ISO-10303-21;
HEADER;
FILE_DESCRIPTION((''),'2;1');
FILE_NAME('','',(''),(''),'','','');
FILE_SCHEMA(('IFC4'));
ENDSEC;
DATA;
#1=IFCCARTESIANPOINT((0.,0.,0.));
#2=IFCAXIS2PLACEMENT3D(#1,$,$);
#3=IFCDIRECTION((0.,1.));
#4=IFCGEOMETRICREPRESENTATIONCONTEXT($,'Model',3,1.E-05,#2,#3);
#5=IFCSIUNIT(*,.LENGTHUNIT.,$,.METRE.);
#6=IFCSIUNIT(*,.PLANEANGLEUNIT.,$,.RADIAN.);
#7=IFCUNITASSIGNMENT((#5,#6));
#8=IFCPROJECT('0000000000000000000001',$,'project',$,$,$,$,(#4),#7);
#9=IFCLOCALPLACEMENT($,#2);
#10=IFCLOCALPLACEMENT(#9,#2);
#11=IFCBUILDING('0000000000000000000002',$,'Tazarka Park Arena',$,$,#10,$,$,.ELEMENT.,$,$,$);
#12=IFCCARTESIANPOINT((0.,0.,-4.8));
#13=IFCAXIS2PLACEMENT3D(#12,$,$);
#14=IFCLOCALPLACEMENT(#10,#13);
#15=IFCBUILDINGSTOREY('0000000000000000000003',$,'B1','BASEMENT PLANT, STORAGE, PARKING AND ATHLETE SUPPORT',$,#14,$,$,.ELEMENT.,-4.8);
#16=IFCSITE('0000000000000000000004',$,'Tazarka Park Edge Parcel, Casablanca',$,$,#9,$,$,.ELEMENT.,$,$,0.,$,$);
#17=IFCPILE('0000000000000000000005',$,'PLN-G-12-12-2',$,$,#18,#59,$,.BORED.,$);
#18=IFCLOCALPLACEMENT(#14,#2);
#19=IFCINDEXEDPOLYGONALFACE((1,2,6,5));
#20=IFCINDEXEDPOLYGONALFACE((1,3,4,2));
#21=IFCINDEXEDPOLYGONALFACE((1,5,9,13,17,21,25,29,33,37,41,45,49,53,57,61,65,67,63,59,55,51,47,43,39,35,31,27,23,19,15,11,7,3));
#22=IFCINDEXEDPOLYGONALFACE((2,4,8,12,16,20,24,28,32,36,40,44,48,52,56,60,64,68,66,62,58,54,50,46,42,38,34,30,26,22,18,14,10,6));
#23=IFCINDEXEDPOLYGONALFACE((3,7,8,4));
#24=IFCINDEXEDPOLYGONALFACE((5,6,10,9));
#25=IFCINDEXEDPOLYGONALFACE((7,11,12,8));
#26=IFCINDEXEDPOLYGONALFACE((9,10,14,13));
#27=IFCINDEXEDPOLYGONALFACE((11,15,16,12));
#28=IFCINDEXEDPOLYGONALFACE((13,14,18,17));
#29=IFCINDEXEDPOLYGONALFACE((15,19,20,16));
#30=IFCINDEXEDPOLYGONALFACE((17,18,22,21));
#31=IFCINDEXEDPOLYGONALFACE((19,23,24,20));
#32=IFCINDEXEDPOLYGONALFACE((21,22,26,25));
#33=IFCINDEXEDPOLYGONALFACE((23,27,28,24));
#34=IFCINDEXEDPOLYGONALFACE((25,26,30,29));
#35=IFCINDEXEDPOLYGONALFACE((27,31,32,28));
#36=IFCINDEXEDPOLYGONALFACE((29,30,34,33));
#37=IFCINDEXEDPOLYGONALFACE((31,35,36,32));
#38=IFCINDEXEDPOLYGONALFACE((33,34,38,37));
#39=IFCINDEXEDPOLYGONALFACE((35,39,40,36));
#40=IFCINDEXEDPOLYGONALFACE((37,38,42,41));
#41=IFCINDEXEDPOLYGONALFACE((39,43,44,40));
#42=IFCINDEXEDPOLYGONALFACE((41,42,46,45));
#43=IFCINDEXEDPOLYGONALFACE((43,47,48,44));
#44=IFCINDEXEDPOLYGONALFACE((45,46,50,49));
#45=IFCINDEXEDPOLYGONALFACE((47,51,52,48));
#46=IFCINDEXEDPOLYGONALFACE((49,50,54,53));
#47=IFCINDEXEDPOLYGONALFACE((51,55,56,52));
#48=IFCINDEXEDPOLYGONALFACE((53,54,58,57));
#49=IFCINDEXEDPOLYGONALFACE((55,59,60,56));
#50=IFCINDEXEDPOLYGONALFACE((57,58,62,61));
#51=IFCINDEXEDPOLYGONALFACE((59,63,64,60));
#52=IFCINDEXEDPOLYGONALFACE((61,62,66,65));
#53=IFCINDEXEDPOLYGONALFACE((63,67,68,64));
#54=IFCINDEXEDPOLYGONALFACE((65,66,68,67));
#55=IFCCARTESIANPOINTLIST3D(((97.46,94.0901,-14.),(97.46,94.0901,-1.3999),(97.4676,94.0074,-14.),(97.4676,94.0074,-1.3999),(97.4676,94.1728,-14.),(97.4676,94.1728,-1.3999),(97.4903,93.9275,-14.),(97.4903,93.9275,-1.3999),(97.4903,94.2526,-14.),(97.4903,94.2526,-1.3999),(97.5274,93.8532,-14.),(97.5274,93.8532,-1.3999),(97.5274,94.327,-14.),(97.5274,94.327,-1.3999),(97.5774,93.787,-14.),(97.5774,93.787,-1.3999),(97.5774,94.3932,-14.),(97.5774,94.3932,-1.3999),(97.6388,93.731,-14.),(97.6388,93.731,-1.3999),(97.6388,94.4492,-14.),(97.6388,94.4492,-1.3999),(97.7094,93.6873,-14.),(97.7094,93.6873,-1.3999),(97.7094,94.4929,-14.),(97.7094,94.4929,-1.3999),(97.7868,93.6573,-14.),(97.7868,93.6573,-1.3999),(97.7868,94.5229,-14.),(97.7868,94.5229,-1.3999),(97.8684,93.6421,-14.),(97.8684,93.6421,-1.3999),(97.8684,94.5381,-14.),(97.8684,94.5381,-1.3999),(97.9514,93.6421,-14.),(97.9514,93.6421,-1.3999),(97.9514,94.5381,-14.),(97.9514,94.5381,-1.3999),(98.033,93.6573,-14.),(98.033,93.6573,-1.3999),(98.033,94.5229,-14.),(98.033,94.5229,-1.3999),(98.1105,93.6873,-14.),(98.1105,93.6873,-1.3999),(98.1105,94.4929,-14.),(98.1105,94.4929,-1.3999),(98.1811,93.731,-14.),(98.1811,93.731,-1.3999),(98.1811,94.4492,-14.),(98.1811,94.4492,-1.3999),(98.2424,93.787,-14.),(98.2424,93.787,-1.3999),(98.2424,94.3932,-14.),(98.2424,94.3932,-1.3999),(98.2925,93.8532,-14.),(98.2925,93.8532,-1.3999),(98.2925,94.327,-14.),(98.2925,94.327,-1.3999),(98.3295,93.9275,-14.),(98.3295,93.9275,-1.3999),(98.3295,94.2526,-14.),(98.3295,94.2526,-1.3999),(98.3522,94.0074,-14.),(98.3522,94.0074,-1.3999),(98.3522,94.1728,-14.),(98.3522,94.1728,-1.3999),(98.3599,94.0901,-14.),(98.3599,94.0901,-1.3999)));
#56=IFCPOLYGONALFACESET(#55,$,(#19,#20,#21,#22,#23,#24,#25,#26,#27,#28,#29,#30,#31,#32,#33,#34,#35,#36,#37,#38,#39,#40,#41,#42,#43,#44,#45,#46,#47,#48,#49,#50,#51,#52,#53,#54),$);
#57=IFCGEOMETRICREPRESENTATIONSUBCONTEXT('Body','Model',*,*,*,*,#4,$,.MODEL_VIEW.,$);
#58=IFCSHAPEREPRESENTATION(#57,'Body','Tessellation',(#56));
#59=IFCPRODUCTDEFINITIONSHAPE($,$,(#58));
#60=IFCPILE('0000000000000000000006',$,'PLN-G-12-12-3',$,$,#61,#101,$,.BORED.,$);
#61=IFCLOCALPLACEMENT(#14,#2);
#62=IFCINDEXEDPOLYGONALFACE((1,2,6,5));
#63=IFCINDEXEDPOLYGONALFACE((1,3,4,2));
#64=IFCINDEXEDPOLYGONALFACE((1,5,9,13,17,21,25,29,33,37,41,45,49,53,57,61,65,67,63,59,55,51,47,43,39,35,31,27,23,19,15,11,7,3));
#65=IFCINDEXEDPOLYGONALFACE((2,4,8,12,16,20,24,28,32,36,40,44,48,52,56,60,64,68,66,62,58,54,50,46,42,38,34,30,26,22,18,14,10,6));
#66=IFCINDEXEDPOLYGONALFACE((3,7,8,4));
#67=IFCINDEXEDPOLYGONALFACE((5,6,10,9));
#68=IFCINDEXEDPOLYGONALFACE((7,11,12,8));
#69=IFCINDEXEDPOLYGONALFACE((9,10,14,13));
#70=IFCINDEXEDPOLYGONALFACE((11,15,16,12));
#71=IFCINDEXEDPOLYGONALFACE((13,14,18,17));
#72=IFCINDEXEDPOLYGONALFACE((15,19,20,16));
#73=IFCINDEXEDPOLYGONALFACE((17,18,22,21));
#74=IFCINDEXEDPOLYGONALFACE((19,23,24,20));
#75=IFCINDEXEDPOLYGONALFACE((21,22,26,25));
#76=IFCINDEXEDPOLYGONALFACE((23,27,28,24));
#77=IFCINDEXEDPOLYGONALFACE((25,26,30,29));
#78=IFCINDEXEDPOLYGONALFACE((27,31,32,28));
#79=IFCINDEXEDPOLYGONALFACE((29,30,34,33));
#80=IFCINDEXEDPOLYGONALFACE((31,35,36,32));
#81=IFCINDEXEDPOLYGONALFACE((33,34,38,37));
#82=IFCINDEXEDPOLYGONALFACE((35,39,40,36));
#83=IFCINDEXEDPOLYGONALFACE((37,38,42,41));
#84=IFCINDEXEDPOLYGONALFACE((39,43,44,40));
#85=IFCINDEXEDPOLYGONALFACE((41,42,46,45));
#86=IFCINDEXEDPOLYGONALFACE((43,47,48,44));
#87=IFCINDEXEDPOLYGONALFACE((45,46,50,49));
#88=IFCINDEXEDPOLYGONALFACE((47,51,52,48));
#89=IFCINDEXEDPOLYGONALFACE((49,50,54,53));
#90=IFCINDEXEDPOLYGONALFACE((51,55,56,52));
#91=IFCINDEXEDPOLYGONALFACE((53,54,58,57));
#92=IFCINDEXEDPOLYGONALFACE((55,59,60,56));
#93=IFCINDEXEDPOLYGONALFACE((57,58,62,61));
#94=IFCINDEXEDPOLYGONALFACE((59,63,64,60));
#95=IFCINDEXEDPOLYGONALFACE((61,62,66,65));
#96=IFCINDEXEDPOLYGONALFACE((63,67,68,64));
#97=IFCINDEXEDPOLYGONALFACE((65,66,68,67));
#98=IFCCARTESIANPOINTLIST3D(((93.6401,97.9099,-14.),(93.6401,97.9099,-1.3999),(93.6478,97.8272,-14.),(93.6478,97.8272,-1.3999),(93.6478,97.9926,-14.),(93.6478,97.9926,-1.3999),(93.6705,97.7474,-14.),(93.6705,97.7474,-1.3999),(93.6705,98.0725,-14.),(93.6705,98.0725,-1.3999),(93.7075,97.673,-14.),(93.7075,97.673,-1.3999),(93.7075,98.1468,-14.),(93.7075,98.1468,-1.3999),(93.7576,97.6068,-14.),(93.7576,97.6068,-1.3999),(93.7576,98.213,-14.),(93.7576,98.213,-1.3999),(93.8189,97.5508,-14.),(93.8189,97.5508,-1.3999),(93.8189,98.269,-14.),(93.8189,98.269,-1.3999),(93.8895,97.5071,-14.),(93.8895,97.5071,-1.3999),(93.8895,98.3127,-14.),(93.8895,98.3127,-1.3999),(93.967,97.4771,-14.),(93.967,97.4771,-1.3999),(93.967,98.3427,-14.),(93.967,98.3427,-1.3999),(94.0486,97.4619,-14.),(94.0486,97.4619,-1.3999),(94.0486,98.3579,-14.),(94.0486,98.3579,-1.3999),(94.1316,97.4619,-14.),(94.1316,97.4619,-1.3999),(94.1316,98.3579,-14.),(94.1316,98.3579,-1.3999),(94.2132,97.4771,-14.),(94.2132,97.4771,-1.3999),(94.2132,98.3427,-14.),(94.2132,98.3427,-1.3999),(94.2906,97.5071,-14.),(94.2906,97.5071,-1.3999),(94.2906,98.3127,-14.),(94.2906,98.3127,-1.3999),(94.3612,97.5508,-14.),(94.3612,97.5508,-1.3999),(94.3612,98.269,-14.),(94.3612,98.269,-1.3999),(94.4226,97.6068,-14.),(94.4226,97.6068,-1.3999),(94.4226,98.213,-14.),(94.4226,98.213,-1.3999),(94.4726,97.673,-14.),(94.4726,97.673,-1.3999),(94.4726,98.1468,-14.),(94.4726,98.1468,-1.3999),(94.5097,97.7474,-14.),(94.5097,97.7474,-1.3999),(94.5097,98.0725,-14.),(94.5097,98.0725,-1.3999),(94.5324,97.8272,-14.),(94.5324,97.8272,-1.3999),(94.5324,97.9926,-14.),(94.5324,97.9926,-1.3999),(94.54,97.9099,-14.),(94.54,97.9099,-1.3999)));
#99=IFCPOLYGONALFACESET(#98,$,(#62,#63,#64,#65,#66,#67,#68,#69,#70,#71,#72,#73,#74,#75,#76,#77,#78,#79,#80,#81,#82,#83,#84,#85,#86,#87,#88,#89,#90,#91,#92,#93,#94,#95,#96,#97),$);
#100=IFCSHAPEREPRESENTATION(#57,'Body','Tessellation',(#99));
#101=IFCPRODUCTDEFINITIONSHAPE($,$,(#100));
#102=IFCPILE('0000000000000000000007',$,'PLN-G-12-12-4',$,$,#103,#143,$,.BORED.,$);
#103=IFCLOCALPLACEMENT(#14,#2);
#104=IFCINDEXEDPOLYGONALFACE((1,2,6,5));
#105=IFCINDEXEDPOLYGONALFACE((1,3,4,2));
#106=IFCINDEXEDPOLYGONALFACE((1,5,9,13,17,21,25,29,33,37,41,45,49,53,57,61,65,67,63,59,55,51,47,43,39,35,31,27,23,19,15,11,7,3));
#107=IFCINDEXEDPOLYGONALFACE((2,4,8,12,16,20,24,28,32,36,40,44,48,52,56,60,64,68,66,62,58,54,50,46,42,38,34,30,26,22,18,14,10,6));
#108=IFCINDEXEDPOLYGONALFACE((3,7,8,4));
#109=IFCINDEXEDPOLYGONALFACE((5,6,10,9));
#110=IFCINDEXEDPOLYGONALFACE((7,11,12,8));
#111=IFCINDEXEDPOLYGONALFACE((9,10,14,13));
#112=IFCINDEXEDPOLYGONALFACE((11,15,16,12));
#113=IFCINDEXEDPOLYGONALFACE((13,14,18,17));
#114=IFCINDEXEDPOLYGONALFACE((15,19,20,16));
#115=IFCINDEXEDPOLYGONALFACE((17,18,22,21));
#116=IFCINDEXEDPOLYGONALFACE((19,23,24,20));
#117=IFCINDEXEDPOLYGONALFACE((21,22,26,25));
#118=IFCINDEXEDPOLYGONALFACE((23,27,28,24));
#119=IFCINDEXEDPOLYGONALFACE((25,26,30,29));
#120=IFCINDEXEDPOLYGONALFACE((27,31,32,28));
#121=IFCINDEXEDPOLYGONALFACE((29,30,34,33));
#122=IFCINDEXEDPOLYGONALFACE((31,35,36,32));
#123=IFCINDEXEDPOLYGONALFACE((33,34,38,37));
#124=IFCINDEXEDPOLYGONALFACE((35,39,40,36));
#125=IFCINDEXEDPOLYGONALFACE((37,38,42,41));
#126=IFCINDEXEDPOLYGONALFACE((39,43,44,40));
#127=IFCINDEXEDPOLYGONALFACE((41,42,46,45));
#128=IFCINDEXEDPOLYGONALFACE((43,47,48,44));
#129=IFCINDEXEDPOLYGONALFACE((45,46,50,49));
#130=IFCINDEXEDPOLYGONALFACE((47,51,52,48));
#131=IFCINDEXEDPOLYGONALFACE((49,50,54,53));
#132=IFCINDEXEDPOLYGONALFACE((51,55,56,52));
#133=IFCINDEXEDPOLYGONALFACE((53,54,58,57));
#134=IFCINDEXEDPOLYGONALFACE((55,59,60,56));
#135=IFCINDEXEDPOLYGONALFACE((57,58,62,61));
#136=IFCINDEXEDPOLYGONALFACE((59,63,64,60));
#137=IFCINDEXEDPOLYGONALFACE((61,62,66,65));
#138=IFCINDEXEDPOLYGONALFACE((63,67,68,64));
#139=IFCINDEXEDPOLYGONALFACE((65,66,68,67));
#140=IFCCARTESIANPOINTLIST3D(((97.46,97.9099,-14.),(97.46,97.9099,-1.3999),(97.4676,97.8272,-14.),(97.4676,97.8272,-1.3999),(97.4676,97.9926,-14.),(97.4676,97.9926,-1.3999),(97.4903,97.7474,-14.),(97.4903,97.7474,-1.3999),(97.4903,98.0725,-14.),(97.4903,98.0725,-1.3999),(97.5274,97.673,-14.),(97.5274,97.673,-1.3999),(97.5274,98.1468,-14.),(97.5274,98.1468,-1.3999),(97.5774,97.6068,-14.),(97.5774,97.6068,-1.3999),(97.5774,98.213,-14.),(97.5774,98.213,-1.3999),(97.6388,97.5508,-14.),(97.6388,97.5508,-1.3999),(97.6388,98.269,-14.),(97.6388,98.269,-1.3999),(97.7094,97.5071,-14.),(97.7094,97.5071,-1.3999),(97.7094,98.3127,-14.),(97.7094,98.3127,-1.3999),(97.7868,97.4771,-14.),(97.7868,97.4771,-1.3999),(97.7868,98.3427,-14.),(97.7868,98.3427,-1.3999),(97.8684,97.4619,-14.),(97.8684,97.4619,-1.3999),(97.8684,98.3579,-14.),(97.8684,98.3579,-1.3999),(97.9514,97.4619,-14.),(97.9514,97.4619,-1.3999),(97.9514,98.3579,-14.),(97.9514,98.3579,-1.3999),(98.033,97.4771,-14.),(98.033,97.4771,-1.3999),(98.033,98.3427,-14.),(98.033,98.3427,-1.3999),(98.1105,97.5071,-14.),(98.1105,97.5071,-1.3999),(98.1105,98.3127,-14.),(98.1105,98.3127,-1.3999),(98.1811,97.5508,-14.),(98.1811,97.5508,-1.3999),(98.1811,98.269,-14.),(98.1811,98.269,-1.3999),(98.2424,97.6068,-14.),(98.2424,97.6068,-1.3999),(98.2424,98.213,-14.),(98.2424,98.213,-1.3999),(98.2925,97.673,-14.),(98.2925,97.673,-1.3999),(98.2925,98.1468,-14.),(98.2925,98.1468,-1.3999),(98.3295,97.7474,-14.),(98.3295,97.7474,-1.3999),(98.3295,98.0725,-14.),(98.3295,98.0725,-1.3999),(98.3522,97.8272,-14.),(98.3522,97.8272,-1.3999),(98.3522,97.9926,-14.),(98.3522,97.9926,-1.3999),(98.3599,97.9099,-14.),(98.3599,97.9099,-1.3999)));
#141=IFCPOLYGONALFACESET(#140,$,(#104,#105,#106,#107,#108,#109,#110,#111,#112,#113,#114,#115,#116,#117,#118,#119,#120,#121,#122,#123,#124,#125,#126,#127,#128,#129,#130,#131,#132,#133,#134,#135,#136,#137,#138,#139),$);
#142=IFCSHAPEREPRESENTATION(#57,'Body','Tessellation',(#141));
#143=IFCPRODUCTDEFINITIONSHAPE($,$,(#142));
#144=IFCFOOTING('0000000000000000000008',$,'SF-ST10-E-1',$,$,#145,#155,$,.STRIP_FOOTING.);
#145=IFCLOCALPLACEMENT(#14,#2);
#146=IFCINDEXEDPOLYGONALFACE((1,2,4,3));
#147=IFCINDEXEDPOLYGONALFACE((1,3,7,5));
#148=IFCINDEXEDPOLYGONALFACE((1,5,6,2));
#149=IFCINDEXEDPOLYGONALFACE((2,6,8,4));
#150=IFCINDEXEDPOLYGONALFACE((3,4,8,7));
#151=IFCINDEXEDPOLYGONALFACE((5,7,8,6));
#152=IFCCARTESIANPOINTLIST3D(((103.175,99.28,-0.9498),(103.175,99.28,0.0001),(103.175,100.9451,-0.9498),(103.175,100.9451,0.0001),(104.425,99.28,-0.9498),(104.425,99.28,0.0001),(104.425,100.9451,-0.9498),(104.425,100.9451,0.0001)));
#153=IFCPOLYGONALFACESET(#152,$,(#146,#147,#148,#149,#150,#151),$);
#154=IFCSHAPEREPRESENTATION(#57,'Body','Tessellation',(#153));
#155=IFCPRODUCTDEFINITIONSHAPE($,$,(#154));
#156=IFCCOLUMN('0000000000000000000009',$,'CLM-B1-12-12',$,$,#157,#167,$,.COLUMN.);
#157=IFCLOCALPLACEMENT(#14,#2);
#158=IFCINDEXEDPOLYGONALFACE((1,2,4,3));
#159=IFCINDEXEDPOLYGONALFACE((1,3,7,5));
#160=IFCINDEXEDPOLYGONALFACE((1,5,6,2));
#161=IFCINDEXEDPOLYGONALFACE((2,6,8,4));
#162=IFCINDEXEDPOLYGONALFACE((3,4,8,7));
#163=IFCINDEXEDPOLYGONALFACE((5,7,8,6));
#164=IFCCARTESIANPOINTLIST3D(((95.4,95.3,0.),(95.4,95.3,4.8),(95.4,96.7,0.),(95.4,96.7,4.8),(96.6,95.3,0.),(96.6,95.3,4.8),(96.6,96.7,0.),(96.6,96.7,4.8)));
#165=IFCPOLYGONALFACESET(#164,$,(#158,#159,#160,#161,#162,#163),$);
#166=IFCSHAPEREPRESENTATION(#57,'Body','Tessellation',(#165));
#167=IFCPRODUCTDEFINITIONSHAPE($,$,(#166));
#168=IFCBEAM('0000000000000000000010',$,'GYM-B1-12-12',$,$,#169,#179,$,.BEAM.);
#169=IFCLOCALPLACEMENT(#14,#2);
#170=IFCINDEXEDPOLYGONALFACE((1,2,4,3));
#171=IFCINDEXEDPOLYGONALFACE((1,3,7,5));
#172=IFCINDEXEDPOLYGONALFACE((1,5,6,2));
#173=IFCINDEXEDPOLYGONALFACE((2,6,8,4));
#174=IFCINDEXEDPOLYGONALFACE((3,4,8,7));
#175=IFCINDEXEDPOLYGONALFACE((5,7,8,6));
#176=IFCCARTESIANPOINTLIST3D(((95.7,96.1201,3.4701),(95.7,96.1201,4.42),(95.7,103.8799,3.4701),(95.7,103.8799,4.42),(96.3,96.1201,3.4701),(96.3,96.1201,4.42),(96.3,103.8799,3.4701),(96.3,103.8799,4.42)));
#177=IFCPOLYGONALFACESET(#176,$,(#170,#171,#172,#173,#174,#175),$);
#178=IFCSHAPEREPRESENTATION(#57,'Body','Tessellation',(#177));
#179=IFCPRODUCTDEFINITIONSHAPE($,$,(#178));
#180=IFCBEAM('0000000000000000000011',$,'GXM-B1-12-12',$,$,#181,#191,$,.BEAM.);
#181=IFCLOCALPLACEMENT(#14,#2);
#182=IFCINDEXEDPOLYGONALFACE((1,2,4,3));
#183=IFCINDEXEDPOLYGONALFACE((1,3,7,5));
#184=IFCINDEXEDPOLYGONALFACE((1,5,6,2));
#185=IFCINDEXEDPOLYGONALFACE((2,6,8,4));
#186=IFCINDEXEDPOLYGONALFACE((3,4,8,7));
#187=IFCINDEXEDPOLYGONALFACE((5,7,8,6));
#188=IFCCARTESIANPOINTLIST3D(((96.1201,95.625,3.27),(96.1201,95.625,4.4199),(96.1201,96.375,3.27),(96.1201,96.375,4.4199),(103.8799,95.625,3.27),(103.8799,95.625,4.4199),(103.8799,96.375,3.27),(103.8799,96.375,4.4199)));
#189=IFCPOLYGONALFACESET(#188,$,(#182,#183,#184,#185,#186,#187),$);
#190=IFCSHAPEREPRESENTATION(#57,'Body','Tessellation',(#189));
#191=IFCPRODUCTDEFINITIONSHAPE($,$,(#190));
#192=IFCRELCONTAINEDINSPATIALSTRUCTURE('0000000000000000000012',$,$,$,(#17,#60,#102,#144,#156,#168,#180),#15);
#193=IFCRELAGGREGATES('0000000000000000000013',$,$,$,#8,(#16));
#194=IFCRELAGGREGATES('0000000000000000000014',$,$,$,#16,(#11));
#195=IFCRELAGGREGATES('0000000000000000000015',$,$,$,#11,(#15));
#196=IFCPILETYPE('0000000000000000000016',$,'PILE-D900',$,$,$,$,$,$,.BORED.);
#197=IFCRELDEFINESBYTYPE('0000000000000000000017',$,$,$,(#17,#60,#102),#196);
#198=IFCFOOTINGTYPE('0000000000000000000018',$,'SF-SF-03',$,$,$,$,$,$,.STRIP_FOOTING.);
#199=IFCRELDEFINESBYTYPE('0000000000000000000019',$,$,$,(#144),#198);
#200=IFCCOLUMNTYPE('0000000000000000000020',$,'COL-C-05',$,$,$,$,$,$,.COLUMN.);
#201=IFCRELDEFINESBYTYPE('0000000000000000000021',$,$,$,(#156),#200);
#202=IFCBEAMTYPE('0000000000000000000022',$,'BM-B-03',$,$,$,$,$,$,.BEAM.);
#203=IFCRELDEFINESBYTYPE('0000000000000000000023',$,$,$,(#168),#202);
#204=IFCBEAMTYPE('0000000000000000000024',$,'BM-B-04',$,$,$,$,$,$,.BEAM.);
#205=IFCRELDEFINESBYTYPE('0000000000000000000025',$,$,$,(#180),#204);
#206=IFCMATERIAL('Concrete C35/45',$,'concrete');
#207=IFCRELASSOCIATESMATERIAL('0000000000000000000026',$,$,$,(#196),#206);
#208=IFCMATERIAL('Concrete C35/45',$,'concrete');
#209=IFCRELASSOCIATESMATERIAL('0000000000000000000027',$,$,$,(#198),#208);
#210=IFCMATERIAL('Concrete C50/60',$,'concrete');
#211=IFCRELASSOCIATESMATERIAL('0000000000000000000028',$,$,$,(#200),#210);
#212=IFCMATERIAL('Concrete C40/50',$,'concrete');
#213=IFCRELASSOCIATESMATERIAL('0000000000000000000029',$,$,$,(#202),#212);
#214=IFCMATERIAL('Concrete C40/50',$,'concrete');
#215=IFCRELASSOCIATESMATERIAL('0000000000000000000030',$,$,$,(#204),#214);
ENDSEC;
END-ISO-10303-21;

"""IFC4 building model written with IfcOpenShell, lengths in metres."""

from ifc_helpers import new_model, si_unit, direction, frame, origin, origin_2d, place, context, subcontext, project, spatial, rectangle, circle, extrude, material, material_profile, profile_set, type_object, element, save


model = new_model("IFC4")

# Units and contexts
model_context = context("Model", 3, precision=1e-05, world=origin(), true_north=direction((0.0, 1.0)))
body_context = subcontext(model_context, "Body", "Model", "MODEL_VIEW")
ifc_project = project(units=[si_unit("LENGTHUNIT", "METRE"), si_unit("PLANEANGLEUNIT", "RADIAN")], contexts=[model_context])

# Site, building, storey
site_placement = place(None, origin())
site = spatial("IfcSite", under=ifc_project, at=site_placement, Name="Tazarka Park Edge Parcel, Casablanca", CompositionType="ELEMENT", RefElevation=0.0)
building_placement = place(site_placement, origin())
building = spatial("IfcBuilding", under=site, at=building_placement, Name="Tazarka Park Arena", CompositionType="ELEMENT")
storey_placement = place(building_placement, frame((0.0, 0.0, -4.8)))
storey = spatial("IfcBuildingStorey", under=building, at=storey_placement, Name="B1", Description="BASEMENT PLANT, STORAGE, PARKING AND ATHLETE SUPPORT", CompositionType="ELEMENT", Elevation=-4.8)

# Piles
ifc_material_1 = material(Name="Concrete C35/45", Category="concrete")
ifc_material_profile_1 = material_profile(ifc_material_1, circle(Radius=0.45, at=origin_2d()), Name="Concrete C35/45")
ifc_profile_set_1 = profile_set([ifc_material_profile_1], Name="Concrete C35/45")
pile_type_1 = type_object("IfcPileType", Name="PILE-D900", PredefinedType="BORED", material=ifc_profile_set_1)
for number, where, z_axis, x_axis, name in (
    (1, (97.9099, 94.0901, -1.3999), (0.0, 0.0, -1.0), (1.0, 0.0, 0.0), "PLN-G-12-12-2"),
    (2, (94.0901, 97.9099, -1.3999), (0.0, 0.0, -1.0), (1.0, 0.0, 0.0), "PLN-G-12-12-3"),
    (3, (97.9099, 97.9099, -1.3999), (0.0, 0.0, -1.0), (1.0, 0.0, 0.0), "PLN-G-12-12-4"),
):
    element("IfcPile", number, at=place(storey_placement, frame(where, z_axis=z_axis, x_axis=x_axis)), inside=storey, type_object=pile_type_1, Name=name, PredefinedType="BORED", context=body_context, shape_type="SweptSolid", body=[
        extrude(circle(Radius=0.45, at=origin_2d()), origin(), (0.0, 0.0, 1.0), 12.6001),
    ])

# Footing
ifc_material_2 = material(Name="Concrete C35/45", Category="concrete")
ifc_material_profile_2 = material_profile(ifc_material_2, rectangle(XDim=1.25, YDim=0.95, at=origin_2d()), Name="Concrete C35/45")
ifc_profile_set_2 = profile_set([ifc_material_profile_2], Name="Concrete C35/45")
footing_type_1 = type_object("IfcFootingType", Name="SF-SF-03", PredefinedType="STRIP_FOOTING", material=ifc_profile_set_2)
footing_1_placement = place(storey_placement, frame((103.8, 100.9451, -0.4749), z_axis=(0.0, -1.0, 0.0), x_axis=(1.0, 0.0, 0.0)))
element("IfcFooting", 4, at=footing_1_placement, inside=storey, type_object=footing_type_1, Name="SF-ST10-E-1", PredefinedType="STRIP_FOOTING", context=body_context, shape_type="SweptSolid", body=[
    extrude(rectangle(XDim=1.25, YDim=0.95, at=origin_2d()), origin(), (0.0, 0.0, 1.0), 1.665),
])

# Column
ifc_material_3 = material(Name="Concrete C50/60", Category="concrete")
ifc_material_profile_3 = material_profile(ifc_material_3, rectangle(XDim=1.2, YDim=1.3999, at=origin_2d()), Name="Concrete C50/60")
ifc_profile_set_3 = profile_set([ifc_material_profile_3], Name="Concrete C50/60")
column_type = type_object("IfcColumnType", Name="COL-C-05", PredefinedType="COLUMN", material=ifc_profile_set_3)
column_placement = place(storey_placement, frame((96.0, 96.0, 0.0), z_axis=(0.0, 0.0, 1.0), x_axis=(1.0, 0.0, 0.0)))
element("IfcColumn", 5, at=column_placement, inside=storey, type_object=column_type, Name="CLM-B1-12-12", PredefinedType="COLUMN", context=body_context, shape_type="SweptSolid", body=[
    extrude(rectangle(XDim=1.2, YDim=1.3999, at=origin_2d()), origin(), (0.0, 0.0, 1.0), 4.8),
])

# Beams
ifc_material_4 = material(Name="Concrete C40/50", Category="concrete")
ifc_material_profile_4 = material_profile(ifc_material_4, rectangle(XDim=0.6001, YDim=0.95, at=origin_2d()), Name="Concrete C40/50")
ifc_profile_set_4 = profile_set([ifc_material_profile_4], Name="Concrete C40/50")
beam_type_1 = type_object("IfcBeamType", Name="BM-B-03", PredefinedType="BEAM", material=ifc_profile_set_4)
beam_1_placement = place(storey_placement, frame((96.0, 96.1201, 3.9451), z_axis=(0.0, 1.0, 0.0), x_axis=(-1.0, 0.0, 0.0)))
element("IfcBeam", 6, at=beam_1_placement, inside=storey, type_object=beam_type_1, Name="GYM-B1-12-12", PredefinedType="BEAM", context=body_context, shape_type="SweptSolid", body=[
    extrude(rectangle(XDim=0.6001, YDim=0.95, at=origin_2d()), origin(), (0.0, 0.0, 1.0), 7.7598),
])
ifc_material_5 = material(Name="Concrete C40/50", Category="concrete")
ifc_material_profile_5 = material_profile(ifc_material_5, rectangle(XDim=0.75, YDim=1.1499, at=origin_2d()), Name="Concrete C40/50")
ifc_profile_set_5 = profile_set([ifc_material_profile_5], Name="Concrete C40/50")
beam_type_2 = type_object("IfcBeamType", Name="BM-B-04", PredefinedType="BEAM", material=ifc_profile_set_5)
beam_2_placement = place(storey_placement, frame((96.1201, 96.0, 3.845), z_axis=(1.0, 0.0, 0.0), x_axis=(0.0, 1.0, 0.0)))
element("IfcBeam", 7, at=beam_2_placement, inside=storey, type_object=beam_type_2, Name="GXM-B1-12-12", PredefinedType="BEAM", context=body_context, shape_type="SweptSolid", body=[
    extrude(rectangle(XDim=0.75, YDim=1.1499, at=origin_2d()), origin(), (0.0, 0.0, 1.0), 7.7598),
])

save(model, "model.ifc")
